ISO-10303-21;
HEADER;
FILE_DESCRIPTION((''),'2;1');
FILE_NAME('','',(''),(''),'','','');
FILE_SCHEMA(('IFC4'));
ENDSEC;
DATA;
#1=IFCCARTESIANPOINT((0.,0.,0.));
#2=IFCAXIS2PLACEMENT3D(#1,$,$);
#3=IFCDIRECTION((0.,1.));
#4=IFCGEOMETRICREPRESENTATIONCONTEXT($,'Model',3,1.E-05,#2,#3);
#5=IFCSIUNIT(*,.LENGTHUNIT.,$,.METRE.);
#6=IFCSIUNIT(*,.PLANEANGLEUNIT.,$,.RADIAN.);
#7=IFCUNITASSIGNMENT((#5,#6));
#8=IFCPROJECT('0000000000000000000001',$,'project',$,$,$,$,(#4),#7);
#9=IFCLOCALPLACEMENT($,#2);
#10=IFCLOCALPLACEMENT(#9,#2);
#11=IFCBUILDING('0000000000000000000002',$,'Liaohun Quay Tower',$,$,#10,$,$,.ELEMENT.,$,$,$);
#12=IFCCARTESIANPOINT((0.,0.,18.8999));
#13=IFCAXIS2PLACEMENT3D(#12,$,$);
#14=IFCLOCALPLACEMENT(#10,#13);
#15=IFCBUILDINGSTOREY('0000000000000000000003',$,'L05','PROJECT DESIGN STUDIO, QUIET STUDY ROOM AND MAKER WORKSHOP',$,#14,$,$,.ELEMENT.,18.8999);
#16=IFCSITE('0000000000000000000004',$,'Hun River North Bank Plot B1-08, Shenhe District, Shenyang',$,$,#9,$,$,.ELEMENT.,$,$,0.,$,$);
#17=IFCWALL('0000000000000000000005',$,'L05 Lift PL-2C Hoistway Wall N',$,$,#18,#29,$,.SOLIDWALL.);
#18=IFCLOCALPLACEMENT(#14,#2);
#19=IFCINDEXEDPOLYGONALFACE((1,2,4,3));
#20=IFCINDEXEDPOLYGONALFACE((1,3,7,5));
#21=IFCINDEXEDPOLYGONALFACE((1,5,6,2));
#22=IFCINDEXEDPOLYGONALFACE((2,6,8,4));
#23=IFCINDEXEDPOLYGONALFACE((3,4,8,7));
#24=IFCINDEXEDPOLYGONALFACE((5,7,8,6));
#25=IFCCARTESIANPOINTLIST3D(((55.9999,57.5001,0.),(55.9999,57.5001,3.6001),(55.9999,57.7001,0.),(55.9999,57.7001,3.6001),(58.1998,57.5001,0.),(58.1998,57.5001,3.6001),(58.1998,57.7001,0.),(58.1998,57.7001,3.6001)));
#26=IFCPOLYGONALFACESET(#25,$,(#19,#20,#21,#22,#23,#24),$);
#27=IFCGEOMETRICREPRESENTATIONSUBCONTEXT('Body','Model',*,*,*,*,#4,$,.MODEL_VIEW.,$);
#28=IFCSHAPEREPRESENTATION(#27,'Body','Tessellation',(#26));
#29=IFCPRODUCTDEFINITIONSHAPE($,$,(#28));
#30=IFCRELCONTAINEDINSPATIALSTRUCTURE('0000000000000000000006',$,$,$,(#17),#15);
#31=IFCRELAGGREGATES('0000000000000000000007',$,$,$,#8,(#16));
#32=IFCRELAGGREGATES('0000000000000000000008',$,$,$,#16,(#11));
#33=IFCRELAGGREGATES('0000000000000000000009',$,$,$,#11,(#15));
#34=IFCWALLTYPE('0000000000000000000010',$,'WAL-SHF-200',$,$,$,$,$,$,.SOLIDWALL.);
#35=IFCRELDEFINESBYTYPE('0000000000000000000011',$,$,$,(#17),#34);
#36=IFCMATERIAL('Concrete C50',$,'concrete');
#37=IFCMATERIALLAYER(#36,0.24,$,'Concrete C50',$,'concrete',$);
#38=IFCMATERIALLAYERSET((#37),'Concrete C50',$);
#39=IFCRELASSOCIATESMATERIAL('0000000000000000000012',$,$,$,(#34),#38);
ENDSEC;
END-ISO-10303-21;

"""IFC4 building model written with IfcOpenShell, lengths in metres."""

from ifc_helpers import new_model, si_unit, direction, frame, frame_2d, origin, place, context, subcontext, project, spatial, rectangle, extrude, material, layer, layer_set, type_object, element, save


model = new_model("IFC4")

# Units and contexts
model_context = context("Model", 3, precision=1e-05, world=origin(), true_north=direction((0.0, 1.0)))
body_context = subcontext(model_context, "Body", "Model", "MODEL_VIEW")
ifc_project = project(units=[si_unit("LENGTHUNIT", "METRE"), si_unit("PLANEANGLEUNIT", "RADIAN")], contexts=[model_context])

# Site, building, storey
site_placement = place(None, origin())
site = spatial("IfcSite", under=ifc_project, at=site_placement, Name="Hun River North Bank Plot B1-08, Shenhe District, Shenyang", CompositionType="ELEMENT", RefElevation=0.0)
building_placement = place(site_placement, origin())
building = spatial("IfcBuilding", under=site, at=building_placement, Name="Liaohun Quay Tower", CompositionType="ELEMENT")
storey_placement = place(building_placement, frame((0.0, 0.0, 18.8999)))
storey = spatial("IfcBuildingStorey", under=building, at=storey_placement, Name="L05", Description="PROJECT DESIGN STUDIO, QUIET STUDY ROOM AND MAKER WORKSHOP", CompositionType="ELEMENT", Elevation=18.8999)

# Shared definitions
ifc_material_1 = material(Name="Concrete C50", Category="concrete")
ifc_layer_1 = layer(ifc_material_1, 0.24, Name="Concrete C50", Category="concrete")
ifc_layer_set_1 = layer_set([ifc_layer_1], Name="Concrete C50")
wall_type_1 = type_object("IfcWallType", Name="WAL-SHF-200", PredefinedType="SOLIDWALL", material=ifc_layer_set_1)

# Wall
wall_1_placement = place(storey_placement, frame((58.2, 57.6001, 0.0), z_axis=(0.0, 0.0, 1.0), x_axis=(-1.0, 0.0, 0.0)))
element("IfcWall", 1, at=wall_1_placement, inside=storey, type_object=wall_type_1, Name="L05 Lift PL-2C Hoistway Wall N", PredefinedType="SOLIDWALL", context=body_context, shape_type="SweptSolid", body=[
    extrude(rectangle(XDim=2.2, YDim=0.2, at=frame_2d((1.1001, 0.0))), origin(), (0.0, 0.0, 1.0), 3.6001),
])

save(model, "model.ifc")
